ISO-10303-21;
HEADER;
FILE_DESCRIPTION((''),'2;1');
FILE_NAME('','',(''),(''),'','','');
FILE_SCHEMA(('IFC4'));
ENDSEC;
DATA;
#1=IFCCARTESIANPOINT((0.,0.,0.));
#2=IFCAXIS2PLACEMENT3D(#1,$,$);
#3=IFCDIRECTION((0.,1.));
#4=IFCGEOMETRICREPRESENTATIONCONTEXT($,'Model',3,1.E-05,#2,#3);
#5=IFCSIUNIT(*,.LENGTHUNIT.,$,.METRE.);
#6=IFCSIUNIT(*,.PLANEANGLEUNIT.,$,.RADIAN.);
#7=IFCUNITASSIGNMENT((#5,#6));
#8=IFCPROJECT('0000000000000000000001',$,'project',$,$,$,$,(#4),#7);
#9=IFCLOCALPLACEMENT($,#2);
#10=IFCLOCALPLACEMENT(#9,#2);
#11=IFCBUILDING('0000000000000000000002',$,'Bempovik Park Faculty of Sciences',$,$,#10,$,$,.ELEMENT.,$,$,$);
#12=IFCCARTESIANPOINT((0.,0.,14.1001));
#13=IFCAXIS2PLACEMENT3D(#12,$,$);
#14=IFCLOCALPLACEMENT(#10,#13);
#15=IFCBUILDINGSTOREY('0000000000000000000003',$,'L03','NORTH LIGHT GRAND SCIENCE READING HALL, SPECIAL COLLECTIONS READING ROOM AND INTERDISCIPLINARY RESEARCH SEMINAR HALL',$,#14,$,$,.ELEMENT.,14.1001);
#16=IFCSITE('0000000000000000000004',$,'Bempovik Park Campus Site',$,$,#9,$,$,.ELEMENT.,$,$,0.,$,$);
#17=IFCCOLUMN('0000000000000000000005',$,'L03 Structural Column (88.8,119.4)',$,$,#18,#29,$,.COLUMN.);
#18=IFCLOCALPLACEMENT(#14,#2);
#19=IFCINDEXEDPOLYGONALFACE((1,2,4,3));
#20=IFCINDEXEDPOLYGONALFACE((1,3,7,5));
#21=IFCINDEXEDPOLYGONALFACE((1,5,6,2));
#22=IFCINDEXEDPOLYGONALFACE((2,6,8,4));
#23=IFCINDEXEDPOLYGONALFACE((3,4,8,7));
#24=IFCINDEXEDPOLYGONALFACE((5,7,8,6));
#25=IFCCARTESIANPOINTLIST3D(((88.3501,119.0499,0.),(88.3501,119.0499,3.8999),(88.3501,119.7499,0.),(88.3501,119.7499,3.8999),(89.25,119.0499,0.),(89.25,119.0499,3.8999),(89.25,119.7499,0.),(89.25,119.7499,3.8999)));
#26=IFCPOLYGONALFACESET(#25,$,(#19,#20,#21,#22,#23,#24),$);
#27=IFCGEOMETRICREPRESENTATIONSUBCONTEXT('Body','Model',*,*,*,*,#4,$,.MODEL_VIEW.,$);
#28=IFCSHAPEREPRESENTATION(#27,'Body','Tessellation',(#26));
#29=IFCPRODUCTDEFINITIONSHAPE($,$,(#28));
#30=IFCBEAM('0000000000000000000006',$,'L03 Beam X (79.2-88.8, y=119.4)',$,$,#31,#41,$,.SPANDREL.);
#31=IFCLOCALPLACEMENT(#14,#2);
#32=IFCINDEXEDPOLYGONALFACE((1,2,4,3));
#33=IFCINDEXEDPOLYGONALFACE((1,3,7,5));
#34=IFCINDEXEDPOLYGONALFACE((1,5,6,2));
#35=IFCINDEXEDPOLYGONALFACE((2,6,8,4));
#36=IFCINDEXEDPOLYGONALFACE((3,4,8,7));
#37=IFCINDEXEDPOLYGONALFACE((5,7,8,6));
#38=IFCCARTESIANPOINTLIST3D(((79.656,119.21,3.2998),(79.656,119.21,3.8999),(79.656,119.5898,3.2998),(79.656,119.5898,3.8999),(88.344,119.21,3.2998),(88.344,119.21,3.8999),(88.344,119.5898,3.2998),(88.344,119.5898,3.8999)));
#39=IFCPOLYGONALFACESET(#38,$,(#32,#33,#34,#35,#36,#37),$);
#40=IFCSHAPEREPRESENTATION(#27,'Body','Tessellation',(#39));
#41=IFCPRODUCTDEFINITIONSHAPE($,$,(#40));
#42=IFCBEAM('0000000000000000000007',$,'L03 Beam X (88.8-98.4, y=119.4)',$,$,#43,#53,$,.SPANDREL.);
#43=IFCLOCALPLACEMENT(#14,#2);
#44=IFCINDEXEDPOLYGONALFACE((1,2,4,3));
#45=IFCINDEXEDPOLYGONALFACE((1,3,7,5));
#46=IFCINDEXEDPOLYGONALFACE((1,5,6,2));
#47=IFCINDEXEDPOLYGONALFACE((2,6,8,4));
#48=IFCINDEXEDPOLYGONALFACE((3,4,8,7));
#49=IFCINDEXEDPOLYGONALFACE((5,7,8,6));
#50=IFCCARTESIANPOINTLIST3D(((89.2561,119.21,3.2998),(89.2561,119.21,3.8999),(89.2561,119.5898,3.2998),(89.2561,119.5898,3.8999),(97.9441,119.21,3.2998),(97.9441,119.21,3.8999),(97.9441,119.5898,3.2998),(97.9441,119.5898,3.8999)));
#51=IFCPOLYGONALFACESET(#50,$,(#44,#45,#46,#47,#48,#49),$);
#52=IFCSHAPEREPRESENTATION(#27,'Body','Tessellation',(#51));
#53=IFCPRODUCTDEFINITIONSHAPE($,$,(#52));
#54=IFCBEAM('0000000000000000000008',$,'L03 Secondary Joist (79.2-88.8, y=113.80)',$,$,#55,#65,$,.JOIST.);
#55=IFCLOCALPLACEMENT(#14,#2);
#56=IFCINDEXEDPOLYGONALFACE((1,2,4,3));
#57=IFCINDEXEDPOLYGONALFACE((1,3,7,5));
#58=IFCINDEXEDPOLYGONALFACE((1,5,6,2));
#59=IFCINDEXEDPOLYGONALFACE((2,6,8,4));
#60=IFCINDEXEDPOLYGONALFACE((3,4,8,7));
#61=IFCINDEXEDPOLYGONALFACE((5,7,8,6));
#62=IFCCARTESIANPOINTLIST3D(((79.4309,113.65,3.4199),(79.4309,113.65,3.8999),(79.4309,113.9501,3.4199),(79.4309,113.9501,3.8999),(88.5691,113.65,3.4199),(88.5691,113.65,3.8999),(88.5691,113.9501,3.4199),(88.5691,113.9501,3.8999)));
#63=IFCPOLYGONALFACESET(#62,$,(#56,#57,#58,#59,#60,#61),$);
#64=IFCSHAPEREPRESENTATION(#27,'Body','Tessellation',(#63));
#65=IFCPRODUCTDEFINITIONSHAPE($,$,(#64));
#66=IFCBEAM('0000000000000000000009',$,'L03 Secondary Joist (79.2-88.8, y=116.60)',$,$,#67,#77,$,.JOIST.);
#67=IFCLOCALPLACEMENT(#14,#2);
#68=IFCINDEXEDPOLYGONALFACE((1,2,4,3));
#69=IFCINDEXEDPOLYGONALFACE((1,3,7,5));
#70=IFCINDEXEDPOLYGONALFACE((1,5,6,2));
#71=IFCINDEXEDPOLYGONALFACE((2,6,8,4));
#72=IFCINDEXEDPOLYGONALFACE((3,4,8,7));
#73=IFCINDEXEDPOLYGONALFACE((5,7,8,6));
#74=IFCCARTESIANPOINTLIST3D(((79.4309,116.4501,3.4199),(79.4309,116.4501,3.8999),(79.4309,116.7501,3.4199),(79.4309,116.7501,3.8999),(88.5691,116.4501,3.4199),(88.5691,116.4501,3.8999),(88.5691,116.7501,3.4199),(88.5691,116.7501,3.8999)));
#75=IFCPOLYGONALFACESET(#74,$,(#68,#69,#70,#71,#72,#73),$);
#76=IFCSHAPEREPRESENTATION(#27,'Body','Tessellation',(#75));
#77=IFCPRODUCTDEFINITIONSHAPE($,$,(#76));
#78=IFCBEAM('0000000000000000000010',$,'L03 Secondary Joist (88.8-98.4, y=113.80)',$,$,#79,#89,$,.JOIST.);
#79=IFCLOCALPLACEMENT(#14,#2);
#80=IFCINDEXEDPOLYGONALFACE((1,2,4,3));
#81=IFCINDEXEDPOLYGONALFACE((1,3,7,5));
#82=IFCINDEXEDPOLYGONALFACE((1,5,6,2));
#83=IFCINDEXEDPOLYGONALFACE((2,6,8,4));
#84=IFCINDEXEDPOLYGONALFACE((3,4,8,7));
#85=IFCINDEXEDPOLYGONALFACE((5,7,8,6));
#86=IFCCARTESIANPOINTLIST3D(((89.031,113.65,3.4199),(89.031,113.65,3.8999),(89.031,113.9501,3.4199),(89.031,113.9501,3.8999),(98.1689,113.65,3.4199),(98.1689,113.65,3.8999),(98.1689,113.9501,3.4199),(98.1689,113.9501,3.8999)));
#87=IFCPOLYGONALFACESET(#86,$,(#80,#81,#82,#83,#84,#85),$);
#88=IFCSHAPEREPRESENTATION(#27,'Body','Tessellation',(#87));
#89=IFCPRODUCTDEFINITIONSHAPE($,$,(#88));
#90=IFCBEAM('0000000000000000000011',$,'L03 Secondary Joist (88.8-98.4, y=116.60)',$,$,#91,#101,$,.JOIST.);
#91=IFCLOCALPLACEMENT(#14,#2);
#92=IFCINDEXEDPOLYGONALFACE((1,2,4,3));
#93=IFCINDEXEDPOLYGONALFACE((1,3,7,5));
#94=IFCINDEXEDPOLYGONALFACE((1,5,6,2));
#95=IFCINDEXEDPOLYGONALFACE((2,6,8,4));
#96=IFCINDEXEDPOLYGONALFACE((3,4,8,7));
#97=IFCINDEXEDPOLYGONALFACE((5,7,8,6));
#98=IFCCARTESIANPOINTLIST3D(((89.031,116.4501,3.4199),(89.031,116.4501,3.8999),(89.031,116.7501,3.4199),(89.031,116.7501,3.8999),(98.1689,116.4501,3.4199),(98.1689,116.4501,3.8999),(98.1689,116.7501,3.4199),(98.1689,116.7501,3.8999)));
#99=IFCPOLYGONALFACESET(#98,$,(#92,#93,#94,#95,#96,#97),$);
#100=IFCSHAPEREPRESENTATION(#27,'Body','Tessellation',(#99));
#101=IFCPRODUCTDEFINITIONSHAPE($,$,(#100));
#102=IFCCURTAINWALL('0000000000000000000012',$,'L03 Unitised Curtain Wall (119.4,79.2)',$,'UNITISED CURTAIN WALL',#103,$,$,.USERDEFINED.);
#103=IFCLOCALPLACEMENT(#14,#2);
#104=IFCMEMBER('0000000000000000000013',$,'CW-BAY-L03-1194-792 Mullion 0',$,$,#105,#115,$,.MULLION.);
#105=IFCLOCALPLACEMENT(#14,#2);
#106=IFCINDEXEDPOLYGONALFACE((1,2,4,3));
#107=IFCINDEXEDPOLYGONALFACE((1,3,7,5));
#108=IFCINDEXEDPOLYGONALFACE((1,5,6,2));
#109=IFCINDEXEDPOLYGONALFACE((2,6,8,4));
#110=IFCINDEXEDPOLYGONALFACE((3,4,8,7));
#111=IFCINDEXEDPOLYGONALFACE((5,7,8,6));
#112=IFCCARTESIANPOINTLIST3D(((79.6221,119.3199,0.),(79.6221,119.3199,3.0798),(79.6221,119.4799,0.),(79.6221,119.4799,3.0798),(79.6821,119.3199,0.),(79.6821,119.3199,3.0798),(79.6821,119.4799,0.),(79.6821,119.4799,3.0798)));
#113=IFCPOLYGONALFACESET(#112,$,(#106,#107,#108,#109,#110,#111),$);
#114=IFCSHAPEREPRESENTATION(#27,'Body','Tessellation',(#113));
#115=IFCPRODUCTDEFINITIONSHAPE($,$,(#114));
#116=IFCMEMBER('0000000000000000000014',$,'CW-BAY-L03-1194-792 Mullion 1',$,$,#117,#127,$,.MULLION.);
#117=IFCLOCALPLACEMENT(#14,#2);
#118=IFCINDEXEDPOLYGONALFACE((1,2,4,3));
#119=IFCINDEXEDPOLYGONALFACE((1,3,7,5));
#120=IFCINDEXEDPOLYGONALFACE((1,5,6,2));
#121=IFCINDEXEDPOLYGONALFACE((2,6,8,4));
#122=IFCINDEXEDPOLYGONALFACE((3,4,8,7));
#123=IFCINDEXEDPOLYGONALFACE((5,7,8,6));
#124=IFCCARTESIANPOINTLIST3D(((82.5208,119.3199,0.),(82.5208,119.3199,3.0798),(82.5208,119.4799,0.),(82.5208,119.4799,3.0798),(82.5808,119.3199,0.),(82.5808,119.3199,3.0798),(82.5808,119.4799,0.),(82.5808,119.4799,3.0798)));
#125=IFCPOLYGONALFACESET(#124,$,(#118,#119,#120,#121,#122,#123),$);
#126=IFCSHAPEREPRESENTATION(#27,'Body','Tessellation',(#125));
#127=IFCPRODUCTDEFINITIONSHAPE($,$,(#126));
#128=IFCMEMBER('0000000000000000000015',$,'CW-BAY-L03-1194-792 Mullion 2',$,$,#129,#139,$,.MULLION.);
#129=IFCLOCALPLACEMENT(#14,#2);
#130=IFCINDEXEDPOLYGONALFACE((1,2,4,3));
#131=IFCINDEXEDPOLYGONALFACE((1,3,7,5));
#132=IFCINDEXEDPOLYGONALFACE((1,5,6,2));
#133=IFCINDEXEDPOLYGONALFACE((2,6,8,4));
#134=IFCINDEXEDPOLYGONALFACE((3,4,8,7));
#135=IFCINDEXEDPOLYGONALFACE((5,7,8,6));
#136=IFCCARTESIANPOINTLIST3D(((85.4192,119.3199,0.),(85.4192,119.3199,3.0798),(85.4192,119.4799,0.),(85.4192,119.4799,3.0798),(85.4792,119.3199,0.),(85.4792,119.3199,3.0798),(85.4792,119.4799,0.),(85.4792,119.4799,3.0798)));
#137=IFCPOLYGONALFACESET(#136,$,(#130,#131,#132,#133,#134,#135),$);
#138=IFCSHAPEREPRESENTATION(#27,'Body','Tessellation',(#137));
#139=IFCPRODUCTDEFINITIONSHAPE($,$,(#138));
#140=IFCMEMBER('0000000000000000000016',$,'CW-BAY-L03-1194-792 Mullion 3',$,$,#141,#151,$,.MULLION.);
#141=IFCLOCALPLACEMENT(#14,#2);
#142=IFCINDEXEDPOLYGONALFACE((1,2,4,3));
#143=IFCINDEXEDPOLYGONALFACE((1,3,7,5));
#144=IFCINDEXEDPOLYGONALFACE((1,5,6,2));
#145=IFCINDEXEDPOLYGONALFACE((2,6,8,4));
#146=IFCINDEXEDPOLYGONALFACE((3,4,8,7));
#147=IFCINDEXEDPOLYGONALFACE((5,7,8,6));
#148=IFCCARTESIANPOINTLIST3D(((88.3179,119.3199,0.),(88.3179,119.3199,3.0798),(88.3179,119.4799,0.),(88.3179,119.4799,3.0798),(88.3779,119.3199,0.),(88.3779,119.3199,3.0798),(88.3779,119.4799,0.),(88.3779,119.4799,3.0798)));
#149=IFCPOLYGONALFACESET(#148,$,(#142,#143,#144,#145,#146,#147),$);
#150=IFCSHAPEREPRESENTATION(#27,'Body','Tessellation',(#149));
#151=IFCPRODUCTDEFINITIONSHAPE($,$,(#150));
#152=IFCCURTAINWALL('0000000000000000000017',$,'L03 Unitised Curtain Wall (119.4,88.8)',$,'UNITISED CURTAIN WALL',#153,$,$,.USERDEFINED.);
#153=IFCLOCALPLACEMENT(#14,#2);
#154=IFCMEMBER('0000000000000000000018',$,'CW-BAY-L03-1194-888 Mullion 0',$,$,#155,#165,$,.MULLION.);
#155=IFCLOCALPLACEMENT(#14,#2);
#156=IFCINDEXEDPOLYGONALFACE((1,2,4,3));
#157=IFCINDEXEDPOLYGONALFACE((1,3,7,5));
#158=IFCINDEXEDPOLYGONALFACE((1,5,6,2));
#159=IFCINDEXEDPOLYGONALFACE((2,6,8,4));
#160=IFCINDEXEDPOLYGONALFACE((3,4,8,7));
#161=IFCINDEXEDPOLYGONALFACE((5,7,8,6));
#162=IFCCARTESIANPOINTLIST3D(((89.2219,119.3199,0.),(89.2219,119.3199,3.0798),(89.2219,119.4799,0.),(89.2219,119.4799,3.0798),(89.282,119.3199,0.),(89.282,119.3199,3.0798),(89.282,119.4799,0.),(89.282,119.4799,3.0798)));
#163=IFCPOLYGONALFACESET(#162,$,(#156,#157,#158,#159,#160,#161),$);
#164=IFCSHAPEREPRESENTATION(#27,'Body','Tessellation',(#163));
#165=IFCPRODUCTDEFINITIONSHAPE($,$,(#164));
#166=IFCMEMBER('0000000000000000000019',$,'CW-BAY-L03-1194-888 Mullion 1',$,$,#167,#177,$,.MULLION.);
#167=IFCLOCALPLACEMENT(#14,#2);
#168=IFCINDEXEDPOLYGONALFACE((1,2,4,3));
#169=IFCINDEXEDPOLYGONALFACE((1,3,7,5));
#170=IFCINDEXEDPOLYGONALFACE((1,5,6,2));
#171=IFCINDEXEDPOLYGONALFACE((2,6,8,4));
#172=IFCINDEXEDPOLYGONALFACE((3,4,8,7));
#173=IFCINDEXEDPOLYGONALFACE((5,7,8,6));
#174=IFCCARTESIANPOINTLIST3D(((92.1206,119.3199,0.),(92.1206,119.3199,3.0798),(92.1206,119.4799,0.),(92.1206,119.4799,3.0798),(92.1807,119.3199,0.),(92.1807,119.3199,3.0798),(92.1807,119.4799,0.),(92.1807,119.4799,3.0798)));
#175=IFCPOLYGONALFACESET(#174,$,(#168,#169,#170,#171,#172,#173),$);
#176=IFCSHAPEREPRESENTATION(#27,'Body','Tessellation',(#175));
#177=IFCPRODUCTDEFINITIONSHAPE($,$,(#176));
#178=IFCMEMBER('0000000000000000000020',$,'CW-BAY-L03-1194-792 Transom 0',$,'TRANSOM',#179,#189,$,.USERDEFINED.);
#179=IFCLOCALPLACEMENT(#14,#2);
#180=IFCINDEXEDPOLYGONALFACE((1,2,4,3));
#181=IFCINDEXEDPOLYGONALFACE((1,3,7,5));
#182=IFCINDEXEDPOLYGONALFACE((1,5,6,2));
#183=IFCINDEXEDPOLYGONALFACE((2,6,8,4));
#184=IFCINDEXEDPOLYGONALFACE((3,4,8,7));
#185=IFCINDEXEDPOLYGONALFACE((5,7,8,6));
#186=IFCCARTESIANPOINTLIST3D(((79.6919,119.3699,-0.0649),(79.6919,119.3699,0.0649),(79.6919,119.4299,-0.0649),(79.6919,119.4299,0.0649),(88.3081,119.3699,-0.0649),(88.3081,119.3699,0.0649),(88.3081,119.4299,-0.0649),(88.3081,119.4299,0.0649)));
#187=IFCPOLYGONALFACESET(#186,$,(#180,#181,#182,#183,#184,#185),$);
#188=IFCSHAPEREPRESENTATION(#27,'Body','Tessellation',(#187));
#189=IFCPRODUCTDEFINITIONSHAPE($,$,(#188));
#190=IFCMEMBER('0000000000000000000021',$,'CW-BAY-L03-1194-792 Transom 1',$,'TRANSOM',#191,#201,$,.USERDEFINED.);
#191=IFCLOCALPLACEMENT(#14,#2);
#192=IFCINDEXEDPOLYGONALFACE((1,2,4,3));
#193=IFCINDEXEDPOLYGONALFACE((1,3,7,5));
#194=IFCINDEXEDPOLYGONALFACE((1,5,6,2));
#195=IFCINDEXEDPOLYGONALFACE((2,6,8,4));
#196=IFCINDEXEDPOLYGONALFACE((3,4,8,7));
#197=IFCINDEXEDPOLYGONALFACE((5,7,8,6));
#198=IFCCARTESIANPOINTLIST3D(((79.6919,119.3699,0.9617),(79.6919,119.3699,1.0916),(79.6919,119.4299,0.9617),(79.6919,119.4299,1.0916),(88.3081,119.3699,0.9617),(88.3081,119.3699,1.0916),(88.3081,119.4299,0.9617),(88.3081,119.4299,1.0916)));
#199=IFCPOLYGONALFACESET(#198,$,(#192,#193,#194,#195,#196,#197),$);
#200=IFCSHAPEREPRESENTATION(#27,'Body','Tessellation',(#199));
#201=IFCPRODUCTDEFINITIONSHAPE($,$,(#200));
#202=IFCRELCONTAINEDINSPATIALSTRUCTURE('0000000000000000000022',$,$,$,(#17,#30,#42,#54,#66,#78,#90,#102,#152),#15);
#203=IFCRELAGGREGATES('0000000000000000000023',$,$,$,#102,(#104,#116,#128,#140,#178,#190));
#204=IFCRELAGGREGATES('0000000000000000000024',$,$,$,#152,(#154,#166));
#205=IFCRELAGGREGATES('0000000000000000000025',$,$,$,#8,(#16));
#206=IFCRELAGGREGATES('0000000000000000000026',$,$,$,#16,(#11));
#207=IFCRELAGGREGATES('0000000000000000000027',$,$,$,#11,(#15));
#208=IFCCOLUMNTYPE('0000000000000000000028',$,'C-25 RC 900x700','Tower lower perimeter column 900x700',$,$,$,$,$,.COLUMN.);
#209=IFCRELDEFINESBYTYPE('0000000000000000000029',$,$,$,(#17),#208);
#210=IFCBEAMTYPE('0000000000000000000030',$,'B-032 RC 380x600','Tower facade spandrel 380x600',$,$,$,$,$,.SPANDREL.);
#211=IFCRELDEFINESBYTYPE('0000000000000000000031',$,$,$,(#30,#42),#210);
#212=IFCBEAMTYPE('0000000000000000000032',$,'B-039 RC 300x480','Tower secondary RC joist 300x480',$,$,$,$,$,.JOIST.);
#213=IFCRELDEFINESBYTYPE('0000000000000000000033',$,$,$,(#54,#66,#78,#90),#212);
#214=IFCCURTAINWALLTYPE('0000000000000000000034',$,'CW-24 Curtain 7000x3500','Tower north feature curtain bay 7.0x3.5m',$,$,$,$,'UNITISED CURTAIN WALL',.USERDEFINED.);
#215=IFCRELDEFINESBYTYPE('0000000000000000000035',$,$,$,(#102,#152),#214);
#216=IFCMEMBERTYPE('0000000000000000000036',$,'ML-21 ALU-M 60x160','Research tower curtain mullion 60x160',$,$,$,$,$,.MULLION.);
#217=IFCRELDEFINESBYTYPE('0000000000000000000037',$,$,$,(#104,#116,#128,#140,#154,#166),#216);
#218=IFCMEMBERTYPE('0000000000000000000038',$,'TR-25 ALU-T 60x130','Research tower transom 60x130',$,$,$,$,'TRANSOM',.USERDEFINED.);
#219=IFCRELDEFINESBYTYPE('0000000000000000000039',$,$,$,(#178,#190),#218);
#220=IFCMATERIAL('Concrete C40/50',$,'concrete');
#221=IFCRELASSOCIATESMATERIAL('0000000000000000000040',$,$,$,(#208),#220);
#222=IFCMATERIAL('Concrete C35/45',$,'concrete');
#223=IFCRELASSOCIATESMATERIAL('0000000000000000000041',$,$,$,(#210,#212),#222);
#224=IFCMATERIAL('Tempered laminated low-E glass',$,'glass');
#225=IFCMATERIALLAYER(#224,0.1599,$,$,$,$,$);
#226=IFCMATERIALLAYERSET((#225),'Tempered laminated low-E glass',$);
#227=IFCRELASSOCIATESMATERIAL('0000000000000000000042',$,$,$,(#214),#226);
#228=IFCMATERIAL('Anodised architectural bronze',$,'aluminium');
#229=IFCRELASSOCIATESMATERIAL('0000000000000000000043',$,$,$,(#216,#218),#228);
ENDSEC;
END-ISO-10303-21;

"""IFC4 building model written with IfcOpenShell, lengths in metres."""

from ifc_helpers import new_model, si_unit, direction, frame, origin, origin_2d, place, context, subcontext, project, spatial, rectangle, extrude, material, layer, layer_set, material_profile, profile_set, type_object, element, aggregate, save


model = new_model("IFC4")

# Units and contexts
model_context = context("Model", 3, precision=1e-05, world=origin(), true_north=direction((0.0, 1.0)))
body_context = subcontext(model_context, "Body", "Model", "MODEL_VIEW")
ifc_project = project(units=[si_unit("LENGTHUNIT", "METRE"), si_unit("PLANEANGLEUNIT", "RADIAN")], contexts=[model_context])

# Site, building, storey
site_placement = place(None, origin())
site = spatial("IfcSite", under=ifc_project, at=site_placement, Name="Bempovik Park Campus Site", CompositionType="ELEMENT", RefElevation=0.0)
building_placement = place(site_placement, origin())
building = spatial("IfcBuilding", under=site, at=building_placement, Name="Bempovik Park Faculty of Sciences", CompositionType="ELEMENT")
storey_placement = place(building_placement, frame((0.0, 0.0, 14.1001)))
storey = spatial("IfcBuildingStorey", under=building, at=storey_placement, Name="L03", Description="NORTH LIGHT GRAND SCIENCE READING HALL, SPECIAL COLLECTIONS READING ROOM AND INTERDISCIPLINARY RESEARCH SEMINAR HALL", CompositionType="ELEMENT", Elevation=14.1001)

# Column
ifc_material_1 = material(Name="Concrete C40/50", Category="concrete")
ifc_material_profile_1 = material_profile(ifc_material_1, rectangle(XDim=0.8999, YDim=0.7, at=origin_2d()), Name="RC 900x700")
ifc_profile_set_1 = profile_set([ifc_material_profile_1], Name="Concrete C40/50")
column_type = type_object("IfcColumnType", Name="C-25 RC 900x700", Description="Tower lower perimeter column 900x700", PredefinedType="COLUMN", material=ifc_profile_set_1)
column_placement = place(storey_placement, frame((88.8, 119.3999, 0.0), z_axis=(0.0, 0.0, 1.0), x_axis=(1.0, 0.0, 0.0)))
element("IfcColumn", 1, at=column_placement, inside=storey, type_object=column_type, Name="L03 Structural Column (88.8,119.4)", PredefinedType="COLUMN", context=body_context, shape_type="SweptSolid", body=[
    extrude(rectangle(XDim=0.8999, YDim=0.7, at=origin_2d()), origin(), (0.0, 0.0, 1.0), 3.8999),
])

# Beams
ifc_material_2 = material(Name="Concrete C35/45", Category="concrete")
ifc_material_profile_2 = material_profile(ifc_material_2, rectangle(XDim=0.3799, YDim=0.6001, at=origin_2d()), Name="RC 380x600")
ifc_profile_set_2 = profile_set([ifc_material_profile_2], Name="Concrete C35/45")
beam_type_1 = type_object("IfcBeamType", Name="B-032 RC 380x600", Description="Tower facade spandrel 380x600", PredefinedType="SPANDREL", material=ifc_profile_set_2)
for number, where, z_axis, x_axis, name in (
    (2, (79.656, 119.3999, 3.5999), (1.0, 0.0, 0.0), (0.0, 1.0, 0.0), "L03 Beam X (79.2-88.8, y=119.4)"),
    (3, (89.2561, 119.3999, 3.5999), (1.0, 0.0, 0.0), (0.0, 1.0, 0.0), "L03 Beam X (88.8-98.4, y=119.4)"),
):
    element("IfcBeam", number, at=place(storey_placement, frame(where, z_axis=z_axis, x_axis=x_axis)), inside=storey, type_object=beam_type_1, Name=name, PredefinedType="SPANDREL", context=body_context, shape_type="SweptSolid", body=[
        extrude(rectangle(XDim=0.3799, YDim=0.6001, at=origin_2d()), origin(), (0.0, 0.0, 1.0), 8.688),
    ])
ifc_material_profile_3 = material_profile(ifc_material_2, rectangle(XDim=0.3, YDim=0.48, at=origin_2d()), Name="RC 300x480")
ifc_profile_set_3 = profile_set([ifc_material_profile_3], Name="Concrete C35/45")
beam_type_2 = type_object("IfcBeamType", Name="B-039 RC 300x480", Description="Tower secondary RC joist 300x480", PredefinedType="JOIST", material=ifc_profile_set_3)
for number, where, z_axis, x_axis, name in (
    (4, (79.4309, 113.8, 3.6599), (1.0, 0.0, 0.0), (0.0, 1.0, 0.0), "L03 Secondary Joist (79.2-88.8, y=113.80)"),
    (5, (79.4309, 116.6001, 3.6599), (1.0, 0.0, 0.0), (0.0, 1.0, 0.0), "L03 Secondary Joist (79.2-88.8, y=116.60)"),
):
    element("IfcBeam", number, at=place(storey_placement, frame(where, z_axis=z_axis, x_axis=x_axis)), inside=storey, type_object=beam_type_2, Name=name, PredefinedType="JOIST", context=body_context, shape_type="SweptSolid", body=[
        extrude(rectangle(XDim=0.3, YDim=0.48, at=origin_2d()), origin(), (0.0, 0.0, 1.0), 9.1382),
    ])
for number, where, z_axis, x_axis, name in (
    (6, (89.031, 113.8, 3.6599), (1.0, 0.0, 0.0), (0.0, 1.0, 0.0), "L03 Secondary Joist (88.8-98.4, y=113.80)"),
    (7, (89.031, 116.6001, 3.6599), (1.0, 0.0, 0.0), (0.0, 1.0, 0.0), "L03 Secondary Joist (88.8-98.4, y=116.60)"),
):
    element("IfcBeam", number, at=place(storey_placement, frame(where, z_axis=z_axis, x_axis=x_axis)), inside=storey, type_object=beam_type_2, Name=name, PredefinedType="JOIST", context=body_context, shape_type="SweptSolid", body=[
        extrude(rectangle(XDim=0.3, YDim=0.48, at=origin_2d()), origin(), (0.0, 0.0, 1.0), 9.1379),
    ])

# Curtain walls, members
ifc_material_3 = material(Name="Tempered laminated low-E glass", Category="glass")
ifc_layer_1 = layer(ifc_material_3, 0.1599)
ifc_layer_set_1 = layer_set([ifc_layer_1], Name="Tempered laminated low-E glass")
curtain_wall_type = type_object("IfcCurtainWallType", Name="CW-24 Curtain 7000x3500", Description="Tower north feature curtain bay 7.0x3.5m", ElementType="UNITISED CURTAIN WALL", PredefinedType="USERDEFINED", material=ifc_layer_set_1)
curtain_wall_1_placement = place(storey_placement, origin())
curtain_wall_1 = element("IfcCurtainWall", 8, at=curtain_wall_1_placement, inside=storey, type_object=curtain_wall_type, Name="L03 Unitised Curtain Wall (119.4,79.2)", ObjectType="UNITISED CURTAIN WALL", PredefinedType="USERDEFINED")
ifc_material_4 = material(Name="Anodised architectural bronze", Category="aluminium")
ifc_material_profile_4 = material_profile(ifc_material_4, rectangle(XDim=0.0601, YDim=0.1599, at=origin_2d()), Name="ALU-M 60x160")
ifc_profile_set_4 = profile_set([ifc_material_profile_4], Name="Anodised architectural bronze")
member_type_1 = type_object("IfcMemberType", Name="ML-21 ALU-M 60x160", Description="Research tower curtain mullion 60x160", PredefinedType="MULLION", material=ifc_profile_set_4)
member_1_placement = place(storey_placement, frame((79.6521, 119.3999, 0.0), z_axis=(0.0, 0.0, 1.0), x_axis=(1.0, 0.0, 0.0)))
member_1 = element("IfcMember", 9, at=member_1_placement, type_object=member_type_1, Name="CW-BAY-L03-1194-792 Mullion 0", PredefinedType="MULLION", context=body_context, shape_type="SweptSolid", body=[
    extrude(rectangle(XDim=0.0601, YDim=0.1599, at=origin_2d()), origin(), (0.0, 0.0, 1.0), 3.0798),
])
member_2_placement = place(storey_placement, frame((82.5508, 119.3999, 0.0), z_axis=(0.0, 0.0, 1.0), x_axis=(1.0, 0.0, 0.0)))
member_2 = element("IfcMember", 10, at=member_2_placement, type_object=member_type_1, Name="CW-BAY-L03-1194-792 Mullion 1", PredefinedType="MULLION", context=body_context, shape_type="SweptSolid", body=[
    extrude(rectangle(XDim=0.0601, YDim=0.1599, at=origin_2d()), origin(), (0.0, 0.0, 1.0), 3.0798),
])
member_3_placement = place(storey_placement, frame((85.4492, 119.3999, 0.0), z_axis=(0.0, 0.0, 1.0), x_axis=(1.0, 0.0, 0.0)))
member_3 = element("IfcMember", 11, at=member_3_placement, type_object=member_type_1, Name="CW-BAY-L03-1194-792 Mullion 2", PredefinedType="MULLION", context=body_context, shape_type="SweptSolid", body=[
    extrude(rectangle(XDim=0.0601, YDim=0.1599, at=origin_2d()), origin(), (0.0, 0.0, 1.0), 3.0798),
])
member_4_placement = place(storey_placement, frame((88.3479, 119.3999, 0.0), z_axis=(0.0, 0.0, 1.0), x_axis=(1.0, 0.0, 0.0)))
member_4 = element("IfcMember", 12, at=member_4_placement, type_object=member_type_1, Name="CW-BAY-L03-1194-792 Mullion 3", PredefinedType="MULLION", context=body_context, shape_type="SweptSolid", body=[
    extrude(rectangle(XDim=0.0601, YDim=0.1599, at=origin_2d()), origin(), (0.0, 0.0, 1.0), 3.0798),
])
curtain_wall_2_placement = place(storey_placement, origin())
curtain_wall_2 = element("IfcCurtainWall", 13, at=curtain_wall_2_placement, inside=storey, type_object=curtain_wall_type, Name="L03 Unitised Curtain Wall (119.4,88.8)", ObjectType="UNITISED CURTAIN WALL", PredefinedType="USERDEFINED")
member_5_placement = place(storey_placement, frame((89.252, 119.3999, 0.0), z_axis=(0.0, 0.0, 1.0), x_axis=(1.0, 0.0, 0.0)))
member_5 = element("IfcMember", 14, at=member_5_placement, type_object=member_type_1, Name="CW-BAY-L03-1194-888 Mullion 0", PredefinedType="MULLION", context=body_context, shape_type="SweptSolid", body=[
    extrude(rectangle(XDim=0.0601, YDim=0.1599, at=origin_2d()), origin(), (0.0, 0.0, 1.0), 3.0798),
])
member_6_placement = place(storey_placement, frame((92.1506, 119.3999, 0.0), z_axis=(0.0, 0.0, 1.0), x_axis=(1.0, 0.0, 0.0)))
member_6 = element("IfcMember", 15, at=member_6_placement, type_object=member_type_1, Name="CW-BAY-L03-1194-888 Mullion 1", PredefinedType="MULLION", context=body_context, shape_type="SweptSolid", body=[
    extrude(rectangle(XDim=0.0601, YDim=0.1599, at=origin_2d()), origin(), (0.0, 0.0, 1.0), 3.0798),
])

# Members
ifc_material_profile_5 = material_profile(ifc_material_4, rectangle(XDim=0.0601, YDim=0.1299, at=origin_2d()), Name="ALU-T 60x130")
ifc_profile_set_5 = profile_set([ifc_material_profile_5], Name="Anodised architectural bronze")
member_type_2 = type_object("IfcMemberType", Name="TR-25 ALU-T 60x130", Description="Research tower transom 60x130", ElementType="TRANSOM", PredefinedType="USERDEFINED", material=ifc_profile_set_5)
member_7_placement = place(storey_placement, frame((79.6919, 119.3999, 0.0), z_axis=(1.0, 0.0, 0.0), x_axis=(0.0, 1.0, 0.0)))
member_7 = element("IfcMember", 16, at=member_7_placement, type_object=member_type_2, Name="CW-BAY-L03-1194-792 Transom 0", ObjectType="TRANSOM", PredefinedType="USERDEFINED", context=body_context, shape_type="SweptSolid", body=[
    extrude(rectangle(XDim=0.0601, YDim=0.1299, at=origin_2d()), origin(), (0.0, 0.0, 1.0), 8.6162),
])
member_8_placement = place(storey_placement, frame((79.6919, 119.3999, 1.0266), z_axis=(1.0, 0.0, 0.0), x_axis=(0.0, 1.0, 0.0)))
member_8 = element("IfcMember", 17, at=member_8_placement, type_object=member_type_2, Name="CW-BAY-L03-1194-792 Transom 1", ObjectType="TRANSOM", PredefinedType="USERDEFINED", context=body_context, shape_type="SweptSolid", body=[
    extrude(rectangle(XDim=0.0601, YDim=0.1299, at=origin_2d()), origin(), (0.0, 0.0, 1.0), 8.6162),
])

aggregate(curtain_wall_1, [member_1, member_2, member_3, member_4, member_7, member_8])
aggregate(curtain_wall_2, [member_5, member_6])

save(model, "model.ifc")
